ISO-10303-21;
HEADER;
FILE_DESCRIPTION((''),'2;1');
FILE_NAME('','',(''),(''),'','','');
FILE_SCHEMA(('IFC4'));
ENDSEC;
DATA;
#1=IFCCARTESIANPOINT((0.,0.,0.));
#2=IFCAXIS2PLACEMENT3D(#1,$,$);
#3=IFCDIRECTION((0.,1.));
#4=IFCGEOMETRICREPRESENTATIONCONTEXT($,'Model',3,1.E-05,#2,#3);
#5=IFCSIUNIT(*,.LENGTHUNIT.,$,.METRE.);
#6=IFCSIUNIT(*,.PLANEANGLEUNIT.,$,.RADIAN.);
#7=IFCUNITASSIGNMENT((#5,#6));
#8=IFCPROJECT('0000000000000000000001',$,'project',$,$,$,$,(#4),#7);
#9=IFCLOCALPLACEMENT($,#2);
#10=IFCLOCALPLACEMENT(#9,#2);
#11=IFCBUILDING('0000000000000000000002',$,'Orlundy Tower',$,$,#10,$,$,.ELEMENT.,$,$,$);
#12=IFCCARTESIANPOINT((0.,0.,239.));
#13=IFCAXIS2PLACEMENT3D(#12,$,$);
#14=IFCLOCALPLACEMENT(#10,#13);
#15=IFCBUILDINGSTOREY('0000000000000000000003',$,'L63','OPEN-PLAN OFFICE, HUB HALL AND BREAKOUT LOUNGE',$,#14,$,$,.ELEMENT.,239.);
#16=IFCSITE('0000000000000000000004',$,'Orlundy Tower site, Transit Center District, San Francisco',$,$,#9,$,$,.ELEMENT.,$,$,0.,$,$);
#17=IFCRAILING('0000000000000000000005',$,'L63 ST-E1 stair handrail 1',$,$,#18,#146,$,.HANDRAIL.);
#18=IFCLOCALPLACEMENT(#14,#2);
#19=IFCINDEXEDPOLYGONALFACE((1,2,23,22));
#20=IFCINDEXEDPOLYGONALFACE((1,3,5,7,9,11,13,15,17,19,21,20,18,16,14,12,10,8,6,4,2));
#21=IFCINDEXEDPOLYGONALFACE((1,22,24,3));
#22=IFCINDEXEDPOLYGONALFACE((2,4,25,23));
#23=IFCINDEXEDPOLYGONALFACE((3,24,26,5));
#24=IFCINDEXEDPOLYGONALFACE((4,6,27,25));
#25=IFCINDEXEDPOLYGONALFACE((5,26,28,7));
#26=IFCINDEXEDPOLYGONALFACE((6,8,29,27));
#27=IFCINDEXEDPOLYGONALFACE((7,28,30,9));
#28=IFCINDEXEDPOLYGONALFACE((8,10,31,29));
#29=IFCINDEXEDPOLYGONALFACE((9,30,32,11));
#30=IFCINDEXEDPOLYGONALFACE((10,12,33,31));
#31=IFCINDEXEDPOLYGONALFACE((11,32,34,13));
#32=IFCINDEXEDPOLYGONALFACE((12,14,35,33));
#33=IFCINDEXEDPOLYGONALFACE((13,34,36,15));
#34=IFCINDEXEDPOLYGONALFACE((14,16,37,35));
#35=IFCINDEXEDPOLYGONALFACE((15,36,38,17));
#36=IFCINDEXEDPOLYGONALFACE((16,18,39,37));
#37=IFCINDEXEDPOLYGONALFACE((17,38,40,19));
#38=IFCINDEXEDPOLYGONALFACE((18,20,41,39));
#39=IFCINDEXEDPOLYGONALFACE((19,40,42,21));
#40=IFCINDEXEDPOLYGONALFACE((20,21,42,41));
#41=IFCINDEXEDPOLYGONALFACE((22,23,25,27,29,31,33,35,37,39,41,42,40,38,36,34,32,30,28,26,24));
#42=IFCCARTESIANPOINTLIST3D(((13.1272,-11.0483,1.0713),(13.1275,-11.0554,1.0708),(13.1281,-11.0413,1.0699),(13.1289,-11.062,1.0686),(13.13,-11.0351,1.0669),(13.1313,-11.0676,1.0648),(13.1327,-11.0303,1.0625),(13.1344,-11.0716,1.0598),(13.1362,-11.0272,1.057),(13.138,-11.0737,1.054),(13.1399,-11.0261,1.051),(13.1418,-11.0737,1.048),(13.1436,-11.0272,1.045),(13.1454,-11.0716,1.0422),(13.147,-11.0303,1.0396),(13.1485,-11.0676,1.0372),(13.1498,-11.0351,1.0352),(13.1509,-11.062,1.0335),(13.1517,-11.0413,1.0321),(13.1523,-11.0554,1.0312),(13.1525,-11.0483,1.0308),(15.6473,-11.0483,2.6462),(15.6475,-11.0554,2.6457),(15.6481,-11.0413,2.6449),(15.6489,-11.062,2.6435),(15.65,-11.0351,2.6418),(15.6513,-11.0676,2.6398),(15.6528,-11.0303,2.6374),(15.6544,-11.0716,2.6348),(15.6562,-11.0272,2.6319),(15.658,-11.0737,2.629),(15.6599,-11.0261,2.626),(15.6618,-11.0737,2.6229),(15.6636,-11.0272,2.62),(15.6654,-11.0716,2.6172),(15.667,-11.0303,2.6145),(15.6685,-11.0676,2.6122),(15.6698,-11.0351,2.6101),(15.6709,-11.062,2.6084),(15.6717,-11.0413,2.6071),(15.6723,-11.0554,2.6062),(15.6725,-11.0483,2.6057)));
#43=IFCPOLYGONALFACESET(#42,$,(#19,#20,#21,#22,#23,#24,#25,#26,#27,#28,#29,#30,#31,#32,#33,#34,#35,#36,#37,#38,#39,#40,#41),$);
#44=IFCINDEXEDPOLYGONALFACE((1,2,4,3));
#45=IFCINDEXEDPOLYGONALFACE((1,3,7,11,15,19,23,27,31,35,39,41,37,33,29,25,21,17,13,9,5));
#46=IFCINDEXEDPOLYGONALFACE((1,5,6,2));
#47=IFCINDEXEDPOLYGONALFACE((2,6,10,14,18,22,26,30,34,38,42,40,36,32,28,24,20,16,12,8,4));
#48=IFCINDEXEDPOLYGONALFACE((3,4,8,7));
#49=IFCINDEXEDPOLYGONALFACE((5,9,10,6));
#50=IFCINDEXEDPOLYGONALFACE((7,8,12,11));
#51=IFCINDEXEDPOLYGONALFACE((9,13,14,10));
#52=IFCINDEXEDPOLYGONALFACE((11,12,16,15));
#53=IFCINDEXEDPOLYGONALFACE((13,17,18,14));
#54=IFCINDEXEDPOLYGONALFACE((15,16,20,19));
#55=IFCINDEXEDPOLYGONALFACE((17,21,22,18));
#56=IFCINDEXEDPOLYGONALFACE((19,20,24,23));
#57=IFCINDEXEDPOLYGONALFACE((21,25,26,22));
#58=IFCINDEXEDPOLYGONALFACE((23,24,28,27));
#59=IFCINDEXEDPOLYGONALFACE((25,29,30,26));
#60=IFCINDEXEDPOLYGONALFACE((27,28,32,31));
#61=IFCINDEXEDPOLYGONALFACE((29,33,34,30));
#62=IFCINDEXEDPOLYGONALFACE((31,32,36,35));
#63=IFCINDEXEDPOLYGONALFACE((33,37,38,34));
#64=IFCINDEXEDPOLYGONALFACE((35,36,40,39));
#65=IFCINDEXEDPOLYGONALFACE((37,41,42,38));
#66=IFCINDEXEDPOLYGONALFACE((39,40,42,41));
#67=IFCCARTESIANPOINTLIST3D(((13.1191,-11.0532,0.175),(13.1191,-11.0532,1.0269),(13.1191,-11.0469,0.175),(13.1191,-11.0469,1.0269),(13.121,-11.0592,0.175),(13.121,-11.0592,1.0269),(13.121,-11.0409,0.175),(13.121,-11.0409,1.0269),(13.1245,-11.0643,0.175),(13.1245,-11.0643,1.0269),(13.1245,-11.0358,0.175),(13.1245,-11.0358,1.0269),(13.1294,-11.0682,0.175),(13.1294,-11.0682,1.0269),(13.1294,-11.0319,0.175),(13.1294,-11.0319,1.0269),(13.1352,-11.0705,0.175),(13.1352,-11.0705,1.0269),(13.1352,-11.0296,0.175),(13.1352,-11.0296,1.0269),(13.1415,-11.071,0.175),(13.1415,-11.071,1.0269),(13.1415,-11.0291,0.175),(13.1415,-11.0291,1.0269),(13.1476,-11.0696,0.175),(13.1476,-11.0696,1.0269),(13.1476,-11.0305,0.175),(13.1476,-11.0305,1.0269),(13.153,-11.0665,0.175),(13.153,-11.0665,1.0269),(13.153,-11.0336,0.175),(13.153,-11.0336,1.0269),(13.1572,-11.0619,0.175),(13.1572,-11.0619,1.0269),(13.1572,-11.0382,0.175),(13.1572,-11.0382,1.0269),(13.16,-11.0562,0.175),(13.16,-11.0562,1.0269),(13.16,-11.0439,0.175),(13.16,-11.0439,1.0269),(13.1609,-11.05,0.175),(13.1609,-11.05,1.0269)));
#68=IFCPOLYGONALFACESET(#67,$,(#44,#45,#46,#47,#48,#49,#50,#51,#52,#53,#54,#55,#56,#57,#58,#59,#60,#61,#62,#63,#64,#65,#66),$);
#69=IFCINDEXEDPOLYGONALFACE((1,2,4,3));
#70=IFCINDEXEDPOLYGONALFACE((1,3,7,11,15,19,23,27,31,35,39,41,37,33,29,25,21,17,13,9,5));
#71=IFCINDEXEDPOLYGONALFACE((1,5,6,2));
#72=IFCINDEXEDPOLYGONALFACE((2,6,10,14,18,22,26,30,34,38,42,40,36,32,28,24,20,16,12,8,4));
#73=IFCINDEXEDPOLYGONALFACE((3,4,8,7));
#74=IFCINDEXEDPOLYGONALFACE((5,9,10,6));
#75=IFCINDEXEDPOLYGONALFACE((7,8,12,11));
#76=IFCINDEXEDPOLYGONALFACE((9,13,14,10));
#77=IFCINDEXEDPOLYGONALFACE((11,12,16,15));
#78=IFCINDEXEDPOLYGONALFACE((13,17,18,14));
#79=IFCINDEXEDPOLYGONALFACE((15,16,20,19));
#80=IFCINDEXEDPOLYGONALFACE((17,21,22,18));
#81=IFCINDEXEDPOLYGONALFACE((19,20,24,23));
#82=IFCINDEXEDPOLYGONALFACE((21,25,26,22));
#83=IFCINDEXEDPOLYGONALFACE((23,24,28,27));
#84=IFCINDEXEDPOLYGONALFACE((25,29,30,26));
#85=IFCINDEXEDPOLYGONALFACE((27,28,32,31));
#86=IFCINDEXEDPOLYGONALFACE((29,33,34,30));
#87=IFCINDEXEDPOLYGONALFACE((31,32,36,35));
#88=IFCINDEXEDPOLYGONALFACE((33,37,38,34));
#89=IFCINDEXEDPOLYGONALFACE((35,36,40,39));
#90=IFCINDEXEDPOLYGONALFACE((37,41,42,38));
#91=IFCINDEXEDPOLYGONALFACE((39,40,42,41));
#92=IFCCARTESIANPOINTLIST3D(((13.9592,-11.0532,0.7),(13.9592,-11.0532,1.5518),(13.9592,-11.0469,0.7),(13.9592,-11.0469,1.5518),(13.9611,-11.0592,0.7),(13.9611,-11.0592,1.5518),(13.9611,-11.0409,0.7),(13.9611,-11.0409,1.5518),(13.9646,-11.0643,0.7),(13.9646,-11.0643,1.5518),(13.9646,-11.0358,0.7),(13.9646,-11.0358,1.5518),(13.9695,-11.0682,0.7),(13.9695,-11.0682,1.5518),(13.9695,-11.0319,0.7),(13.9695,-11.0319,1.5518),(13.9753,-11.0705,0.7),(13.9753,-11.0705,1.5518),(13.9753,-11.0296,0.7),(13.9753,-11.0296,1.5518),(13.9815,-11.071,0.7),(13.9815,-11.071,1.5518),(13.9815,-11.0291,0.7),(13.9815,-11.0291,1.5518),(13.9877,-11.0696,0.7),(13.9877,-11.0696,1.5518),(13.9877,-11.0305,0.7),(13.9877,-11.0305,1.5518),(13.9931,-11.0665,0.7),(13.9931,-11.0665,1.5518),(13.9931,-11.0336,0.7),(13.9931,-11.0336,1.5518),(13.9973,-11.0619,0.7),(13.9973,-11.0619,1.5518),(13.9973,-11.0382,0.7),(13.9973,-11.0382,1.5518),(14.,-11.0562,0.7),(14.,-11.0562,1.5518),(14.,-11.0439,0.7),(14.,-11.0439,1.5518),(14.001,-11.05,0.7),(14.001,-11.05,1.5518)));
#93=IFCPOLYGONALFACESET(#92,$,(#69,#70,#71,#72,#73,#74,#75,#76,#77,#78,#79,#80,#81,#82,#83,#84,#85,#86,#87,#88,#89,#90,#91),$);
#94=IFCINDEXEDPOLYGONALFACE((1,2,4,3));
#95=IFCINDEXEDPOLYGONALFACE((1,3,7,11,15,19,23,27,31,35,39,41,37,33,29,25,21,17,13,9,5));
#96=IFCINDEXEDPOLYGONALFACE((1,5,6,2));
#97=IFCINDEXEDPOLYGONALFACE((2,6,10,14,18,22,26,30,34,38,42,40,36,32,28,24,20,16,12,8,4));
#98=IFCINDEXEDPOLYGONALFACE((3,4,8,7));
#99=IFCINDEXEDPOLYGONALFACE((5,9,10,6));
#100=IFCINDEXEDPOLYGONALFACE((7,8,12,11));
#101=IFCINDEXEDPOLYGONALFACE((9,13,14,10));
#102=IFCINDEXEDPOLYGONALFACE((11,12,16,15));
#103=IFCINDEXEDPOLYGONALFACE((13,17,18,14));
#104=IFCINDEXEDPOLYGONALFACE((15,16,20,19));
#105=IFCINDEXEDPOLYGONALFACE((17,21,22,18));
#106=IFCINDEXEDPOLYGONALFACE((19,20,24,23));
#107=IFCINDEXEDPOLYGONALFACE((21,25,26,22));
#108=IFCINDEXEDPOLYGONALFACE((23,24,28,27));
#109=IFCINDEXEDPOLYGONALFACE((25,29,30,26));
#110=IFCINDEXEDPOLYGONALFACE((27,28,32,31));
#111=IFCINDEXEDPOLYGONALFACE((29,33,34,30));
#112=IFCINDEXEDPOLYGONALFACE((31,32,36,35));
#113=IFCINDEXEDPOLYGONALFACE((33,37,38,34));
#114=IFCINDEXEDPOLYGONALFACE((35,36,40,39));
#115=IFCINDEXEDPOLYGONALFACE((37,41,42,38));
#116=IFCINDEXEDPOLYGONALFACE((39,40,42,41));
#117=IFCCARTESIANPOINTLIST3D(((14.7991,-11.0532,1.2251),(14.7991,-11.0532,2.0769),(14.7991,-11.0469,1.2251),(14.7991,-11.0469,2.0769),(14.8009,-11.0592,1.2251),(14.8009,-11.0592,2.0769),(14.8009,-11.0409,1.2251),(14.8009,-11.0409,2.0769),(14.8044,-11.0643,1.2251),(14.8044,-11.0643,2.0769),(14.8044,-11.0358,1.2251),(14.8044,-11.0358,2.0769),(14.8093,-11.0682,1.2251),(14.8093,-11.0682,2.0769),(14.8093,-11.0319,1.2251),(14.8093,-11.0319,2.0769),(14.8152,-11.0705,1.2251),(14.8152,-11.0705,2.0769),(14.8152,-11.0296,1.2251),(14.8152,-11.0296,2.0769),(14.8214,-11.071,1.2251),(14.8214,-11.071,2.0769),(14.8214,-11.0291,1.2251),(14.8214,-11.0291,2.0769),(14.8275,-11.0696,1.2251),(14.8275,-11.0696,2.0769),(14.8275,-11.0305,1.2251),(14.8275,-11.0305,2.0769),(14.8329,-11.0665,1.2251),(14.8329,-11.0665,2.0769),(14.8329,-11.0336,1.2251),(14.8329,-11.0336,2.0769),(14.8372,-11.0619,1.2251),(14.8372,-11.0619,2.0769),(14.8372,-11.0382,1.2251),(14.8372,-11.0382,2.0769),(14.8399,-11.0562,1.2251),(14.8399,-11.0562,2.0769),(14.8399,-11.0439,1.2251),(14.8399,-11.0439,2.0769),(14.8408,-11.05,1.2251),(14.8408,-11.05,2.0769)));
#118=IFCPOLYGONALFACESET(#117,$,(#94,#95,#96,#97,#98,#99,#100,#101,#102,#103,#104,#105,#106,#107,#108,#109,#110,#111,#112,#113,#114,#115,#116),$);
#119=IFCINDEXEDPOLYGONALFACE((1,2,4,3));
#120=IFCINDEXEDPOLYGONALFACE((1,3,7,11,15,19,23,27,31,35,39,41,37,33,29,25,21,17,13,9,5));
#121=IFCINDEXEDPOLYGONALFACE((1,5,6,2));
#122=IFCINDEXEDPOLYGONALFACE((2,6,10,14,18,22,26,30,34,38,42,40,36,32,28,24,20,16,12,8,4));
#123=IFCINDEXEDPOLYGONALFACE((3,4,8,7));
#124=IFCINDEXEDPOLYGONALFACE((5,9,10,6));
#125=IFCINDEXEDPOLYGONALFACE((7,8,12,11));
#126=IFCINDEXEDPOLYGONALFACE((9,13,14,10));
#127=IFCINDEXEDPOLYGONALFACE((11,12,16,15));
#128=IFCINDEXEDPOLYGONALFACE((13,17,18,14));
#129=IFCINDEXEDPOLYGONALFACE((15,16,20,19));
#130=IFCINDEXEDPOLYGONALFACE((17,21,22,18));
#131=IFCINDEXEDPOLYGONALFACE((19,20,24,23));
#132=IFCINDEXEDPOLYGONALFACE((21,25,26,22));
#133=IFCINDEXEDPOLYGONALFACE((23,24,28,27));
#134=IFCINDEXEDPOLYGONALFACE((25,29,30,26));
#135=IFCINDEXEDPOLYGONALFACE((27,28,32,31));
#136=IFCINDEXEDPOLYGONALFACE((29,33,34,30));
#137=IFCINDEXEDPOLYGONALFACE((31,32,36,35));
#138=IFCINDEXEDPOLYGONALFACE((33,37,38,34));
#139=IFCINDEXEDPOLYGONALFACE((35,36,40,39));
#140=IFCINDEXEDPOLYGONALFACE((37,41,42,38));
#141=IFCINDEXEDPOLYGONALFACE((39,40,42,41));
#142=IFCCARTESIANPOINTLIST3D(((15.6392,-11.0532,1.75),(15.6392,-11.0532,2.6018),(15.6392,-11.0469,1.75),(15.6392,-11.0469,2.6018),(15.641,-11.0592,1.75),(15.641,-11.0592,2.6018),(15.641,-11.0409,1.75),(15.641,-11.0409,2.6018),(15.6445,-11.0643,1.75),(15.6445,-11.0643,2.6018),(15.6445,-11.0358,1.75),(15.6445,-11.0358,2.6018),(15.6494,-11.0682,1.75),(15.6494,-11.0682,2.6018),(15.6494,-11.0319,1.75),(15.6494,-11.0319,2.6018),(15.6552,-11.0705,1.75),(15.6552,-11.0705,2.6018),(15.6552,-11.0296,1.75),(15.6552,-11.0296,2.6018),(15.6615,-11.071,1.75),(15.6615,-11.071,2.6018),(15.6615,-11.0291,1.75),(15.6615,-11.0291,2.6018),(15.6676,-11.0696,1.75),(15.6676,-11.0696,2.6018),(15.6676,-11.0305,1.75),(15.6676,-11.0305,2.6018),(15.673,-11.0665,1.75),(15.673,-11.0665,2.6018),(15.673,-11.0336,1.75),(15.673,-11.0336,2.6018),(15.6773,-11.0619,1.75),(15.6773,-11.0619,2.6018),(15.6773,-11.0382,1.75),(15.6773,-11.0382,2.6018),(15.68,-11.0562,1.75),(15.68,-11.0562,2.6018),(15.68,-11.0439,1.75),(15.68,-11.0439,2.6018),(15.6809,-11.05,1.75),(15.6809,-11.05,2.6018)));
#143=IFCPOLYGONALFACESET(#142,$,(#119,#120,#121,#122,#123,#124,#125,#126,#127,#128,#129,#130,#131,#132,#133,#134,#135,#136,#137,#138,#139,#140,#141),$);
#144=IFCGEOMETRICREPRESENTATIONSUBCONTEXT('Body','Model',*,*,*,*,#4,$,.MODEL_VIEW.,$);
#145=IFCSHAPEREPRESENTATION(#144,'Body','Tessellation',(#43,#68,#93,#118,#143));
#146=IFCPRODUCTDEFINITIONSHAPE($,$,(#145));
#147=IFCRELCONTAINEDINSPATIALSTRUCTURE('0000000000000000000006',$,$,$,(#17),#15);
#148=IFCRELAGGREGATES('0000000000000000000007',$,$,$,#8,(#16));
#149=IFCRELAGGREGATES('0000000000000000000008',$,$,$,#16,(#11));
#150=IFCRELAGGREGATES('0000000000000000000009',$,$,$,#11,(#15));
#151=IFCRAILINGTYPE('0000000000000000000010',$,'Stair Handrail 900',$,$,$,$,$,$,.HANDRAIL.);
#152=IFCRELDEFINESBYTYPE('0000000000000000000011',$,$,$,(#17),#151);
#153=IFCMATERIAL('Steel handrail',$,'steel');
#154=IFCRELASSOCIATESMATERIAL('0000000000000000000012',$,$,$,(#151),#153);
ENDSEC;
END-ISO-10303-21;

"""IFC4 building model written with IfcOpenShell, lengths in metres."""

from ifc_helpers import new_model, si_unit, direction, frame, origin, origin_2d, place, context, subcontext, project, spatial, circle, extrude, material, type_object, element, save


model = new_model("IFC4")

# Units and contexts
model_context = context("Model", 3, precision=1e-05, world=origin(), true_north=direction((0.0, 1.0)))
body_context = subcontext(model_context, "Body", "Model", "MODEL_VIEW")
ifc_project = project(units=[si_unit("LENGTHUNIT", "METRE"), si_unit("PLANEANGLEUNIT", "RADIAN")], contexts=[model_context])

# Site, building, storey
site_placement = place(None, origin())
site = spatial("IfcSite", under=ifc_project, at=site_placement, Name="Orlundy Tower site, Transit Center District, San Francisco", CompositionType="ELEMENT", RefElevation=0.0)
building_placement = place(site_placement, origin())
building = spatial("IfcBuilding", under=site, at=building_placement, Name="Orlundy Tower", CompositionType="ELEMENT")
storey_placement = place(building_placement, frame((0.0, 0.0, 239.0)))
storey = spatial("IfcBuildingStorey", under=building, at=storey_placement, Name="L63", Description="OPEN-PLAN OFFICE, HUB HALL AND BREAKOUT LOUNGE", CompositionType="ELEMENT", Elevation=239.0)

# Railing
ifc_material_1 = material(Name="Steel handrail", Category="steel")
railing_type_1 = type_object("IfcRailingType", Name="Stair Handrail 900", PredefinedType="HANDRAIL", material=ifc_material_1)
railing_1_placement = place(storey_placement, frame((13.1399, -11.05, 0.175)))
element("IfcRailing", 1, at=railing_1_placement, inside=storey, type_object=railing_type_1, Name="L63 ST-E1 stair handrail 1", PredefinedType="HANDRAIL", context=body_context, shape_type="SweptSolid", body=[
    extrude(circle(Radius=0.0239, at=origin_2d()), frame((0.0, 0.0, 0.876), z_axis=(0.848008, 0.0, 0.529984), x_axis=(0.0, 1.0, 0.0)), (0.0, 0.0, 1.0), 2.9717),
    extrude(circle(Radius=0.021, at=origin_2d()), origin(), (0.0, 0.0, 1.0), 0.8518),
    extrude(circle(Radius=0.021, at=origin_2d()), frame((0.8401, 0.0, 0.5249)), (0.0, 0.0, 1.0), 0.8518),
    extrude(circle(Radius=0.021, at=origin_2d()), frame((1.6799, 0.0, 1.05)), (0.0, 0.0, 1.0), 0.8518),
    extrude(circle(Radius=0.021, at=origin_2d()), frame((2.52, 0.0, 1.575)), (0.0, 0.0, 1.0), 0.8518),
])

save(model, "model.ifc")
